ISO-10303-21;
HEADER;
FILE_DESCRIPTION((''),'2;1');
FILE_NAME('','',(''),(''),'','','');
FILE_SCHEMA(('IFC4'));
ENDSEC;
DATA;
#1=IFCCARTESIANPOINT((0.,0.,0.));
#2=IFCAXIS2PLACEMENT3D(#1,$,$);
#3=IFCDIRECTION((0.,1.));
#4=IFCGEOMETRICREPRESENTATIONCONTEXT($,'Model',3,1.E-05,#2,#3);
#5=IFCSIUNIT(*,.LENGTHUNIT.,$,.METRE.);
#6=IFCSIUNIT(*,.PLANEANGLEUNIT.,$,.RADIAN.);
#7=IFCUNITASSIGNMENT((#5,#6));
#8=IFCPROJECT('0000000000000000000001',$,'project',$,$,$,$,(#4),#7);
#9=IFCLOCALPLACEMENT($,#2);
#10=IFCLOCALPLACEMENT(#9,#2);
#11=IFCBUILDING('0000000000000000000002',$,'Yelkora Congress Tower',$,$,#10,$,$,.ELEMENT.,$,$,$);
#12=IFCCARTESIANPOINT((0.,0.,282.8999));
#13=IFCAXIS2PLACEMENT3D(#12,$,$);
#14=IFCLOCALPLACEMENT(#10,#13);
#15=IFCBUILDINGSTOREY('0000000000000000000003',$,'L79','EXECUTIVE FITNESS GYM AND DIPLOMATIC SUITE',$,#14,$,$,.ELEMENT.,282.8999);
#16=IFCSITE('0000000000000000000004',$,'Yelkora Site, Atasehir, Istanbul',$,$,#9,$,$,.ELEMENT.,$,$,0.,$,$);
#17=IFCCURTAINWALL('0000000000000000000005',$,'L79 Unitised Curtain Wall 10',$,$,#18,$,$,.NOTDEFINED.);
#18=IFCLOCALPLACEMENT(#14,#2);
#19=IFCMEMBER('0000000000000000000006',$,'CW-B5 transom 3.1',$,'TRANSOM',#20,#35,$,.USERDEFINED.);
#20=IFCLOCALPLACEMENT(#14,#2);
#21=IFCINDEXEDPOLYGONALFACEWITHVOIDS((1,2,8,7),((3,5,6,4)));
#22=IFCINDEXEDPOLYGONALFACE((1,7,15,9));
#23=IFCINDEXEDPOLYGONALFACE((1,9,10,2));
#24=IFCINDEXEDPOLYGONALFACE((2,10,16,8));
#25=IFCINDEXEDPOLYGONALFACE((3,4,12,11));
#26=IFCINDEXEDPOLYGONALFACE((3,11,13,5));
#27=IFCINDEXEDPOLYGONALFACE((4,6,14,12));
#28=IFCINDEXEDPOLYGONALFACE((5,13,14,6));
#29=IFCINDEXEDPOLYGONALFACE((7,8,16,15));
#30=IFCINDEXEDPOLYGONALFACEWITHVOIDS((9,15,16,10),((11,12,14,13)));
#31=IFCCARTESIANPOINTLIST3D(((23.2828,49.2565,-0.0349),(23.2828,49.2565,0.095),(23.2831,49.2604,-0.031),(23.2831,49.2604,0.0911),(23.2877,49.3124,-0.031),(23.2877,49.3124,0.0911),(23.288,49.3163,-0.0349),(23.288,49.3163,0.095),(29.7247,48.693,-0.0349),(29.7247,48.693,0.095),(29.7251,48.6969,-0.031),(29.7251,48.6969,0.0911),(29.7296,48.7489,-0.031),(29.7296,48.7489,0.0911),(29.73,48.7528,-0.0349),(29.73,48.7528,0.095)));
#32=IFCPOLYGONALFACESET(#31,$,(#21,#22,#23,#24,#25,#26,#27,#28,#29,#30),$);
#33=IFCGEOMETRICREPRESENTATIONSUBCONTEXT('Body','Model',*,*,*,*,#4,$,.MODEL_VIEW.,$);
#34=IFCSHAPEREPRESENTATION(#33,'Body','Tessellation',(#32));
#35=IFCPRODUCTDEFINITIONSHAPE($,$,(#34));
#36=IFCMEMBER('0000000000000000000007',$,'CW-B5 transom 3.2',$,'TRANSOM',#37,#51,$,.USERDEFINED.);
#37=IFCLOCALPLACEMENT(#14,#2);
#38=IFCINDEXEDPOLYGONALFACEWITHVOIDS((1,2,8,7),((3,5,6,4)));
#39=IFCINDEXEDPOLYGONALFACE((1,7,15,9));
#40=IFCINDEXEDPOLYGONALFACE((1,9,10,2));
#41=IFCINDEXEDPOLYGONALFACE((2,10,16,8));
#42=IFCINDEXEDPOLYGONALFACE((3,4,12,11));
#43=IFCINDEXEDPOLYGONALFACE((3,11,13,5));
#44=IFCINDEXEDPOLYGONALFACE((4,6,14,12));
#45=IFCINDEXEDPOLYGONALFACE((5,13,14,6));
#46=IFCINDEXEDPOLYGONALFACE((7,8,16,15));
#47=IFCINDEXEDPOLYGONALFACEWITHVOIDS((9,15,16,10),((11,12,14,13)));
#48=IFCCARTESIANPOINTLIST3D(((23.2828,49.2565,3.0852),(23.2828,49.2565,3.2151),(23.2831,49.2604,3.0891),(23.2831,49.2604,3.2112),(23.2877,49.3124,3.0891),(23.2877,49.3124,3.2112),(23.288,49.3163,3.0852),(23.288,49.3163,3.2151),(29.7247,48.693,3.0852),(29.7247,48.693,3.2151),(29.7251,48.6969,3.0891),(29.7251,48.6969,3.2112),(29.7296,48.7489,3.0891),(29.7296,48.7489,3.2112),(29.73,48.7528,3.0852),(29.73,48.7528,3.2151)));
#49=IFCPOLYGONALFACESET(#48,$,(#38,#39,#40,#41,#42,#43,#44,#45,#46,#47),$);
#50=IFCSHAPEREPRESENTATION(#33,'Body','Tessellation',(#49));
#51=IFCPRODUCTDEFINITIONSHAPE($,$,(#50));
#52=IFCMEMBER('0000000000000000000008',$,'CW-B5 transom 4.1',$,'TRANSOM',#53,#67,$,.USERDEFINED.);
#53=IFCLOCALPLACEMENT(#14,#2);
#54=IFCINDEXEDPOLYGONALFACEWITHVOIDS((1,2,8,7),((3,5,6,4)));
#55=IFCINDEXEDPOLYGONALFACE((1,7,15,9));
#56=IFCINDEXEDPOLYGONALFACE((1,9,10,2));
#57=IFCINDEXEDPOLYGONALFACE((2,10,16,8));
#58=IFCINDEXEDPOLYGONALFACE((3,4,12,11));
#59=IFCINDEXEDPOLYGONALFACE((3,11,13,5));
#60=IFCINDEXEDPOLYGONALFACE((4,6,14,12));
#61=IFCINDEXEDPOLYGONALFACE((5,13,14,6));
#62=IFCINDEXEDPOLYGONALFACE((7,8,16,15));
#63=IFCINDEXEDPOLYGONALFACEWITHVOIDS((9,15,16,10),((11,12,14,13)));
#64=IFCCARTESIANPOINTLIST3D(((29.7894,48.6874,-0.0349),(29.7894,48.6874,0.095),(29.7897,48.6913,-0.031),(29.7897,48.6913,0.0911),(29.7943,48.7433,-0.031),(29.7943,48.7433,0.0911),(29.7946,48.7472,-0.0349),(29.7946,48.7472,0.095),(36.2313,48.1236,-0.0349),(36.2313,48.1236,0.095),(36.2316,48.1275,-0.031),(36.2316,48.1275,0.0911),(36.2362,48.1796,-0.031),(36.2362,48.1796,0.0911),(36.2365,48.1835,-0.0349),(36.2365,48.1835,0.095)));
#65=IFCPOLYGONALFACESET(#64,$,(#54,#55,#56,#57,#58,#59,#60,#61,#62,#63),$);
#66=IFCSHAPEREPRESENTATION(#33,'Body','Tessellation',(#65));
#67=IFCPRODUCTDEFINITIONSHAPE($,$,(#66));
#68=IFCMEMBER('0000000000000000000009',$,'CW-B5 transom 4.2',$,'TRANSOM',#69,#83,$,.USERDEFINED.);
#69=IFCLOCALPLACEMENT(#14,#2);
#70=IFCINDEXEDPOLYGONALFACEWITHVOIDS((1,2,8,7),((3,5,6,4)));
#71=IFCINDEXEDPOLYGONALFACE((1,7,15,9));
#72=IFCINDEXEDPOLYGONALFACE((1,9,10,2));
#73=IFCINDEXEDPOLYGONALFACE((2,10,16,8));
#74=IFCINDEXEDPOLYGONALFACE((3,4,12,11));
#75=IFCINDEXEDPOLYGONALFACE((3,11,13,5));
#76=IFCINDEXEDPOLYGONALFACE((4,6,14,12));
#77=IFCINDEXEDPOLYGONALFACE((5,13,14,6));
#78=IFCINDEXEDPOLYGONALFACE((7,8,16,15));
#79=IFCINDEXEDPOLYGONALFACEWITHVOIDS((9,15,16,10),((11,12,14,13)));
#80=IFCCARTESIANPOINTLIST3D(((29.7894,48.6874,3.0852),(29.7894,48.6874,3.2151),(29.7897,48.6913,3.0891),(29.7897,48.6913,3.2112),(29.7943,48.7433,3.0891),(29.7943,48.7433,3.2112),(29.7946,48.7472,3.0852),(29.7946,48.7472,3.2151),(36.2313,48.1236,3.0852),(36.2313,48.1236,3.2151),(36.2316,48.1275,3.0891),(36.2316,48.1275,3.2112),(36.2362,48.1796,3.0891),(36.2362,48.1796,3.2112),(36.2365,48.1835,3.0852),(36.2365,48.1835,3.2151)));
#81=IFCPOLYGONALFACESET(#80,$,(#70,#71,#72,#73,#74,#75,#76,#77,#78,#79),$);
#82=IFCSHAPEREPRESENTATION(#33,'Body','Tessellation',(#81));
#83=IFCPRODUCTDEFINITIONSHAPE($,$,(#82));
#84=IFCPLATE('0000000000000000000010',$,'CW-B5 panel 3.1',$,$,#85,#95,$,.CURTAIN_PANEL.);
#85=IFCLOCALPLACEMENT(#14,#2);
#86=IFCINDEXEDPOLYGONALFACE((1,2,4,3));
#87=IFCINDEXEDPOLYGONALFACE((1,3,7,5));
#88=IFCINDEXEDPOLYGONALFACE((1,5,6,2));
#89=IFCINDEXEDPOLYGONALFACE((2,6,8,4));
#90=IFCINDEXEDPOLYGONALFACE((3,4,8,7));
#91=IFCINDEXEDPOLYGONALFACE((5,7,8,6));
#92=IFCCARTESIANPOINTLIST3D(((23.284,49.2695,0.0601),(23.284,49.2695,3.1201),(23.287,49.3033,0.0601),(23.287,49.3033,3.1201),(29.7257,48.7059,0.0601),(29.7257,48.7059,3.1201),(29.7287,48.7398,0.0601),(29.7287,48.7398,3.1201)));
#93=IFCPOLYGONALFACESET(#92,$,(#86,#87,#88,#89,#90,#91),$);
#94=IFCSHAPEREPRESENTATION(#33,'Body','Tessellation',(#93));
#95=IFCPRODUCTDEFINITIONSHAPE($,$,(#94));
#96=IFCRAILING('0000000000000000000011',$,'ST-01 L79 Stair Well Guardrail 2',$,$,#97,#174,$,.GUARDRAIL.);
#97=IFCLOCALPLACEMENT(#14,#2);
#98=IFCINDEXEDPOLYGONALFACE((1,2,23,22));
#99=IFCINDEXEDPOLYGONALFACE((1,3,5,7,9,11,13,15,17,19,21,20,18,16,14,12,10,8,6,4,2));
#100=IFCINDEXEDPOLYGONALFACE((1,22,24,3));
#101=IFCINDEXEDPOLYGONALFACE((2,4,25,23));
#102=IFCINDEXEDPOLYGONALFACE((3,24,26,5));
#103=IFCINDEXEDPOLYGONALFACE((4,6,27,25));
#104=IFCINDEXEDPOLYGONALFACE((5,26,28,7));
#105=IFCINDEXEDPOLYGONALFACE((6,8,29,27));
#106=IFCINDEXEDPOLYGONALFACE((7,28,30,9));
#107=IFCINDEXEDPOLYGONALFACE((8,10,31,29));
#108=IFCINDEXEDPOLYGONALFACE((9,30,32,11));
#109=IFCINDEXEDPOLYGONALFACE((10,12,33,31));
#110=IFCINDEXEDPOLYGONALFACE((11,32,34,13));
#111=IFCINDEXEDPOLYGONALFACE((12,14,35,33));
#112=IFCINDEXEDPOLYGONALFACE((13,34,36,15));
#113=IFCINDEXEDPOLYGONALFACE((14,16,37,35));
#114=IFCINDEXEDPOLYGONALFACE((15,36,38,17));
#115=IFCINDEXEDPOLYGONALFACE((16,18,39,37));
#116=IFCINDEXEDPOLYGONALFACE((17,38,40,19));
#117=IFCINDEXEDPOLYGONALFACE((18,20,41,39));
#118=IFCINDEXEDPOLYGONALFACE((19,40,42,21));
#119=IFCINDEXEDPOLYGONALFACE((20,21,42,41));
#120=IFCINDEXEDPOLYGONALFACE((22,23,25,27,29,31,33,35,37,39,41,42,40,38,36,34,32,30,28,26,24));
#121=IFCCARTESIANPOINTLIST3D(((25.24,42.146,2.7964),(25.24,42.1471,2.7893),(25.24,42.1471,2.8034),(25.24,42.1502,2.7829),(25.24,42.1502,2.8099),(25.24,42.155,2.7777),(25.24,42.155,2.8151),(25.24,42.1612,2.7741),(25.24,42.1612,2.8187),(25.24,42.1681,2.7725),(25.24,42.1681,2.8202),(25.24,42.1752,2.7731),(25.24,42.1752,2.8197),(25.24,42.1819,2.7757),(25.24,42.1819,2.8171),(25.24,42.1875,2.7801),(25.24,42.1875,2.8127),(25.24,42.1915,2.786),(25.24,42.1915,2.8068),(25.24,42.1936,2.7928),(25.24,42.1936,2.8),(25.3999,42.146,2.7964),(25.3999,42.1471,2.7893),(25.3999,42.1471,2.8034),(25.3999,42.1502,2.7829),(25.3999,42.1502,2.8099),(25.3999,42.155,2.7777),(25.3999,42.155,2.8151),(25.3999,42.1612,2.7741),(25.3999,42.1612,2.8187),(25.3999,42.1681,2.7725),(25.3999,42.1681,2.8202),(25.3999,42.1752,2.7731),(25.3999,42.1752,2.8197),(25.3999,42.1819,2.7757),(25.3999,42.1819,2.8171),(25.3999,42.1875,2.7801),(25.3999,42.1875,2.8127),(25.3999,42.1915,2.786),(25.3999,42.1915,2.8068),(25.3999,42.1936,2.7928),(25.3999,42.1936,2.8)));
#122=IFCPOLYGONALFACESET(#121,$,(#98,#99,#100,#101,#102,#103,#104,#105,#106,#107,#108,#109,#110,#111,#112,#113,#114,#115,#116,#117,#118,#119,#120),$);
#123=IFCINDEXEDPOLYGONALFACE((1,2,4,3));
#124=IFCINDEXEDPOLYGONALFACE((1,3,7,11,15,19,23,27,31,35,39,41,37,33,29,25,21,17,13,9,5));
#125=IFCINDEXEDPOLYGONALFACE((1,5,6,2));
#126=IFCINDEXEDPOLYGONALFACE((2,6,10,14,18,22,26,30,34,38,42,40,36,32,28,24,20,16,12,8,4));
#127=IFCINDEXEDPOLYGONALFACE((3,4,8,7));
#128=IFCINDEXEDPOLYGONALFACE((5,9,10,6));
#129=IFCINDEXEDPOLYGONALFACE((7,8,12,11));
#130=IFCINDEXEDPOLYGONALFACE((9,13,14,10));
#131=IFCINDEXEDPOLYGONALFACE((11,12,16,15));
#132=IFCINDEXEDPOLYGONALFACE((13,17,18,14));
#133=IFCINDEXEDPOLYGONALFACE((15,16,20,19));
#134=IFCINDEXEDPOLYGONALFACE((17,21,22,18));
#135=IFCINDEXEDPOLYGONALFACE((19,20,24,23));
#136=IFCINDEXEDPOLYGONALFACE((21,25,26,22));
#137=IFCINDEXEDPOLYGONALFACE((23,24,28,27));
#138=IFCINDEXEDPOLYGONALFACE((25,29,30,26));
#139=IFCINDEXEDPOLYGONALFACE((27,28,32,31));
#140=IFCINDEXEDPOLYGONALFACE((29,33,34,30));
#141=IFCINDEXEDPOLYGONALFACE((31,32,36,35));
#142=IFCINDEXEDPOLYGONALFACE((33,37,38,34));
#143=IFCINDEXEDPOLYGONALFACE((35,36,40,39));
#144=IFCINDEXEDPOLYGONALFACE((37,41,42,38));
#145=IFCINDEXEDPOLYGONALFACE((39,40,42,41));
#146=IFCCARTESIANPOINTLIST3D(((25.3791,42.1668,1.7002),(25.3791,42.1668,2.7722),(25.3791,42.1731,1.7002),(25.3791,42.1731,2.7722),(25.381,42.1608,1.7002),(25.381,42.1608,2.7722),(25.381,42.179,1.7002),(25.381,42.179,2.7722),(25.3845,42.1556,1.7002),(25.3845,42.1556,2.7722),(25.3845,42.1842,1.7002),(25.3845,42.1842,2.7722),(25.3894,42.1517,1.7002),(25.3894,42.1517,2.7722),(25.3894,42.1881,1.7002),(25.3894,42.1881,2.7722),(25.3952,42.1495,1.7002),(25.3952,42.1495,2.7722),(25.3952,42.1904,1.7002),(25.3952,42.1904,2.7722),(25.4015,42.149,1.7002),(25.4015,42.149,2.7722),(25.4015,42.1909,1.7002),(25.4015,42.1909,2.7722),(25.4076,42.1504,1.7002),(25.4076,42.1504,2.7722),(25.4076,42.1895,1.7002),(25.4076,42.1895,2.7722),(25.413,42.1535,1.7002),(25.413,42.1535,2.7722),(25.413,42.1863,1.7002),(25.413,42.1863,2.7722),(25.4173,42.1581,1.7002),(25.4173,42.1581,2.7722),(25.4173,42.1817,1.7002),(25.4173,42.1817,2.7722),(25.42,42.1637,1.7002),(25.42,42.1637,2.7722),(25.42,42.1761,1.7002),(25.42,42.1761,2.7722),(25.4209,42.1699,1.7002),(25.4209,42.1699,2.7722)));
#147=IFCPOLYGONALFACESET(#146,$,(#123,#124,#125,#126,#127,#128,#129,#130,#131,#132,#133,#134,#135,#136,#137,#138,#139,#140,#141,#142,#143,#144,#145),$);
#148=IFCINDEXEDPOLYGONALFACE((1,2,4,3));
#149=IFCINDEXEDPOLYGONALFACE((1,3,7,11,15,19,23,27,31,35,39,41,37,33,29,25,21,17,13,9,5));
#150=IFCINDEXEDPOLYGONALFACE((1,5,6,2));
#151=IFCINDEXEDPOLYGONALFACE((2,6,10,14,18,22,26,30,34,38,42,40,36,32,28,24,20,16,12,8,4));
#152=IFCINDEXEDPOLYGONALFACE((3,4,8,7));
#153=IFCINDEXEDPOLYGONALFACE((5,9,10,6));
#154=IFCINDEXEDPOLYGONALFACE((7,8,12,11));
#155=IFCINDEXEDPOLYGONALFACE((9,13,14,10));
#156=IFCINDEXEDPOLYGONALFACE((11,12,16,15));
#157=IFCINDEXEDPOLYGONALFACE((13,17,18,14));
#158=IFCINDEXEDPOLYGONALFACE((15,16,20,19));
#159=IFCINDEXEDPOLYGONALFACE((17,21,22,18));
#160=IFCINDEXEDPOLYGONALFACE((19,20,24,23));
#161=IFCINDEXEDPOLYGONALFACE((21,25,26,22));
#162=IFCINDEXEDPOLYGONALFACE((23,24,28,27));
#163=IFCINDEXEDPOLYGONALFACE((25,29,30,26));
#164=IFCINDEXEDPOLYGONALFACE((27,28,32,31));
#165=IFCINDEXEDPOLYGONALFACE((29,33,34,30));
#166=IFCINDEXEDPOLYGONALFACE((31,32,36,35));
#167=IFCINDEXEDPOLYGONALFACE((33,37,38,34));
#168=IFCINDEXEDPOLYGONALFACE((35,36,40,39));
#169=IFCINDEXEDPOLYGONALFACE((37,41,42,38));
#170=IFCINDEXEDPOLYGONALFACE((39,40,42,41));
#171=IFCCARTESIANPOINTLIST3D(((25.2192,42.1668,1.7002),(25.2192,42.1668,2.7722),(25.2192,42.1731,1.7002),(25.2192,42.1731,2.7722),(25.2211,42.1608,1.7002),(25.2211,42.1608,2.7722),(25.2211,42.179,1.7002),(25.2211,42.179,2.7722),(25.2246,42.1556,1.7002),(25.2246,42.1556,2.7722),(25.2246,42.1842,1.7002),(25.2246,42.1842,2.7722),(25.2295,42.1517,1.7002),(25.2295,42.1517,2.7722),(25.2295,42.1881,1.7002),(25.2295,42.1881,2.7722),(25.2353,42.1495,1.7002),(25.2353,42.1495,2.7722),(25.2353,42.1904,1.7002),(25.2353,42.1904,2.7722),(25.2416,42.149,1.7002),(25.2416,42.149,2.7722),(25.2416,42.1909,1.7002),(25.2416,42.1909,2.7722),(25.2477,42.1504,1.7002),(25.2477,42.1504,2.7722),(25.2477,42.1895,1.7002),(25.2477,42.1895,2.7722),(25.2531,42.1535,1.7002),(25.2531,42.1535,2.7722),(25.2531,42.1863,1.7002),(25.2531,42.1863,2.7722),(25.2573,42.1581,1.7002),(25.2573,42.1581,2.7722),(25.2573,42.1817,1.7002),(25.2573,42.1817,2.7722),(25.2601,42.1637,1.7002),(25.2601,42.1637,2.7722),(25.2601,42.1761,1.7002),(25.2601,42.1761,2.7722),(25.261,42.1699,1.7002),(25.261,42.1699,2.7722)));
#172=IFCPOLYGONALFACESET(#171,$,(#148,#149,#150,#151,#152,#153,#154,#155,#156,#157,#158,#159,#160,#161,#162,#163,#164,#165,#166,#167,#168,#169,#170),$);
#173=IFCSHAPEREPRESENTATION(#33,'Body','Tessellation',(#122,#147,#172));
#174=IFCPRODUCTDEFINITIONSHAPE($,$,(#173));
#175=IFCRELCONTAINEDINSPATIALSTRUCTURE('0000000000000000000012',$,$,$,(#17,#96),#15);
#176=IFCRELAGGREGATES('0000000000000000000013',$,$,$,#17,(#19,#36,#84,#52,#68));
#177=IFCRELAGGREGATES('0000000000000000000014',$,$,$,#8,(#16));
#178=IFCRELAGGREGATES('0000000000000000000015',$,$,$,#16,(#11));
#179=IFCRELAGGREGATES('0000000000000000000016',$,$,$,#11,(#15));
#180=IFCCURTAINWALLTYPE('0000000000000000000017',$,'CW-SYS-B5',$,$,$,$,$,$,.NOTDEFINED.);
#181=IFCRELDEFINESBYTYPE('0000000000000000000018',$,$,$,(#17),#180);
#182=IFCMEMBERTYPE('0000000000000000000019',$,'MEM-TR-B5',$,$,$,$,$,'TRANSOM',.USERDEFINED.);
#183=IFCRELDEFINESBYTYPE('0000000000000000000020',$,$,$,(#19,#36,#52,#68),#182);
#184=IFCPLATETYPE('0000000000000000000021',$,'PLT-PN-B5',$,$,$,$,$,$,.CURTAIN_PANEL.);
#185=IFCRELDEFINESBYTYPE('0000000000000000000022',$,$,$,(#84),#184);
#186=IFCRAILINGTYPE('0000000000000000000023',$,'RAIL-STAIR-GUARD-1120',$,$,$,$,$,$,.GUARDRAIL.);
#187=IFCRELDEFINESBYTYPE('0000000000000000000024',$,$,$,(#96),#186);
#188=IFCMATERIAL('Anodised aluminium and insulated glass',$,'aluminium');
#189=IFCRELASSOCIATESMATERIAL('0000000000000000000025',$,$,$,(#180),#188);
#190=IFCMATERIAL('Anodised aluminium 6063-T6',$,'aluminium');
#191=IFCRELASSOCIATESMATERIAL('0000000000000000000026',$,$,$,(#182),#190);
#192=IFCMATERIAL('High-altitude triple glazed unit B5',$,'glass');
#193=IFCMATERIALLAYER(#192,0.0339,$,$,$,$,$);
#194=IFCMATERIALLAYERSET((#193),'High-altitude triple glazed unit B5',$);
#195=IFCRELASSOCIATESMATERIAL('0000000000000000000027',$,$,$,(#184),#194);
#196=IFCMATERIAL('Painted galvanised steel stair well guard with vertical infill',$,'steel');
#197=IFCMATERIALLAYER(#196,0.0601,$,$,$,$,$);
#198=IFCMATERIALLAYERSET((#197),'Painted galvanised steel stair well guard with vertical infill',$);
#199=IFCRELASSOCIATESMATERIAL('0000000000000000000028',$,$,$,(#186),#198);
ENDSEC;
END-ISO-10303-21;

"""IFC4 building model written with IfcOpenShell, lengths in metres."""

from ifc_helpers import new_model, si_unit, direction, frame, origin, origin_2d, place, context, subcontext, project, spatial, rectangle, hollow_rectangle, circle, extrude, material, layer, layer_set, material_profile, profile_set, type_object, element, aggregate, save


model = new_model("IFC4")

# Units and contexts
model_context = context("Model", 3, precision=1e-05, world=origin(), true_north=direction((0.0, 1.0)))
body_context = subcontext(model_context, "Body", "Model", "MODEL_VIEW")
ifc_project = project(units=[si_unit("LENGTHUNIT", "METRE"), si_unit("PLANEANGLEUNIT", "RADIAN")], contexts=[model_context])

# Site, building, storey
site_placement = place(None, origin())
site = spatial("IfcSite", under=ifc_project, at=site_placement, Name="Yelkora Site, Atasehir, Istanbul", CompositionType="ELEMENT", RefElevation=0.0)
building_placement = place(site_placement, origin())
building = spatial("IfcBuilding", under=site, at=building_placement, Name="Yelkora Congress Tower", CompositionType="ELEMENT")
storey_placement = place(building_placement, frame((0.0, 0.0, 282.8999)))
storey = spatial("IfcBuildingStorey", under=building, at=storey_placement, Name="L79", Description="EXECUTIVE FITNESS GYM AND DIPLOMATIC SUITE", CompositionType="ELEMENT", Elevation=282.8999)

# Curtain wall, members, plate
ifc_material_1 = material(Name="Anodised aluminium and insulated glass", Category="aluminium")
curtain_wall_type = type_object("IfcCurtainWallType", Name="CW-SYS-B5", PredefinedType="NOTDEFINED", material=ifc_material_1)
curtain_wall_placement = place(storey_placement, origin())
curtain_wall = element("IfcCurtainWall", 1, at=curtain_wall_placement, inside=storey, type_object=curtain_wall_type, Name="L79 Unitised Curtain Wall 10", PredefinedType="NOTDEFINED")
ifc_material_2 = material(Name="Anodised aluminium 6063-T6", Category="aluminium")
ifc_material_profile_1 = material_profile(ifc_material_2, hollow_rectangle(XDim=0.0601, YDim=0.1299, WallThickness=0.0039, at=origin_2d()), Name="ALU 60x130x4")
ifc_profile_set_1 = profile_set([ifc_material_profile_1], Name="Anodised aluminium 6063-T6")
member_type_1 = type_object("IfcMemberType", Name="MEM-TR-B5", ElementType="TRANSOM", PredefinedType="USERDEFINED", material=ifc_profile_set_1)
member_1_placement = place(storey_placement, frame((23.2854, 49.2864, 0.03), z_axis=(0.996196, -0.087138, 0.0), x_axis=(0.087138, 0.996196, 0.0)))
member_1 = element("IfcMember", 2, at=member_1_placement, type_object=member_type_1, Name="CW-B5 transom 3.1", ObjectType="TRANSOM", PredefinedType="USERDEFINED", context=body_context, shape_type="SweptSolid", body=[
    extrude(hollow_rectangle(XDim=0.0601, YDim=0.1299, WallThickness=0.0039, at=origin_2d()), origin(), (0.0, 0.0, 1.0), 6.4666),
])
member_2_placement = place(storey_placement, frame((23.2854, 49.2864, 3.1501), z_axis=(0.996196, -0.087138, 0.0), x_axis=(0.087138, 0.996196, 0.0)))
member_2 = element("IfcMember", 3, at=member_2_placement, type_object=member_type_1, Name="CW-B5 transom 3.2", ObjectType="TRANSOM", PredefinedType="USERDEFINED", context=body_context, shape_type="SweptSolid", body=[
    extrude(hollow_rectangle(XDim=0.0601, YDim=0.1299, WallThickness=0.0039, at=origin_2d()), origin(), (0.0, 0.0, 1.0), 6.4666),
])
member_3_placement = place(storey_placement, frame((29.792, 48.7173, 0.03), z_axis=(0.996193, -0.087175, 0.0), x_axis=(0.087175, 0.996193, 0.0)))
member_3 = element("IfcMember", 4, at=member_3_placement, type_object=member_type_1, Name="CW-B5 transom 4.1", ObjectType="TRANSOM", PredefinedType="USERDEFINED", context=body_context, shape_type="SweptSolid", body=[
    extrude(hollow_rectangle(XDim=0.0601, YDim=0.1299, WallThickness=0.0039, at=origin_2d()), origin(), (0.0, 0.0, 1.0), 6.4666),
])
member_4_placement = place(storey_placement, frame((29.792, 48.7173, 3.1501), z_axis=(0.996193, -0.087175, 0.0), x_axis=(0.087175, 0.996193, 0.0)))
member_4 = element("IfcMember", 5, at=member_4_placement, type_object=member_type_1, Name="CW-B5 transom 4.2", ObjectType="TRANSOM", PredefinedType="USERDEFINED", context=body_context, shape_type="SweptSolid", body=[
    extrude(hollow_rectangle(XDim=0.0601, YDim=0.1299, WallThickness=0.0039, at=origin_2d()), origin(), (0.0, 0.0, 1.0), 6.4666),
])
ifc_material_3 = material(Name="High-altitude triple glazed unit B5", Category="glass")
ifc_layer_1 = layer(ifc_material_3, 0.0339)
ifc_layer_set_1 = layer_set([ifc_layer_1], Name="High-altitude triple glazed unit B5")
plate_type = type_object("IfcPlateType", Name="PLT-PN-B5", PredefinedType="CURTAIN_PANEL", material=ifc_layer_set_1)
plate_placement = place(storey_placement, frame((26.5063, 49.0046, 0.0601), z_axis=(0.0, 0.0, 1.0), x_axis=(0.996195, -0.087157, 0.0)))
plate = element("IfcPlate", 6, at=plate_placement, type_object=plate_type, Name="CW-B5 panel 3.1", PredefinedType="CURTAIN_PANEL", context=body_context, shape_type="SweptSolid", body=[
    extrude(rectangle(XDim=6.4663, YDim=0.0339, at=origin_2d()), origin(), (0.0, 0.0, 1.0), 3.0601),
])
aggregate(curtain_wall, [member_1, member_2, plate, member_3, member_4])

# Railing
ifc_material_4 = material(Name="Painted galvanised steel stair well guard with vertical infill", Category="steel")
ifc_layer_2 = layer(ifc_material_4, 0.0601)
ifc_layer_set_2 = layer_set([ifc_layer_2], Name="Painted galvanised steel stair well guard with vertical infill")
railing_type = type_object("IfcRailingType", Name="RAIL-STAIR-GUARD-1120", PredefinedType="GUARDRAIL", material=ifc_layer_set_2)
railing_1_placement = place(storey_placement, frame((25.3999, 42.1699, 1.7002)))
element("IfcRailing", 7, at=railing_1_placement, inside=storey, type_object=railing_type, Name="ST-01 L79 Stair Well Guardrail 2", PredefinedType="GUARDRAIL", context=body_context, shape_type="SweptSolid", body=[
    extrude(circle(Radius=0.0239, at=origin_2d()), frame((0.0, 0.0, 1.0962), z_axis=(-1.0, 0.0, 0.0), x_axis=(0.0, -1.0, 0.0)), (0.0, 0.0, 1.0), 0.1599),
    extrude(circle(Radius=0.021, at=origin_2d()), origin(), (0.0, 0.0, 1.0), 1.072),
    extrude(circle(Radius=0.021, at=origin_2d()), frame((-0.1599, 0.0, 0.0)), (0.0, 0.0, 1.0), 1.072),
])

save(model, "model.ifc")
